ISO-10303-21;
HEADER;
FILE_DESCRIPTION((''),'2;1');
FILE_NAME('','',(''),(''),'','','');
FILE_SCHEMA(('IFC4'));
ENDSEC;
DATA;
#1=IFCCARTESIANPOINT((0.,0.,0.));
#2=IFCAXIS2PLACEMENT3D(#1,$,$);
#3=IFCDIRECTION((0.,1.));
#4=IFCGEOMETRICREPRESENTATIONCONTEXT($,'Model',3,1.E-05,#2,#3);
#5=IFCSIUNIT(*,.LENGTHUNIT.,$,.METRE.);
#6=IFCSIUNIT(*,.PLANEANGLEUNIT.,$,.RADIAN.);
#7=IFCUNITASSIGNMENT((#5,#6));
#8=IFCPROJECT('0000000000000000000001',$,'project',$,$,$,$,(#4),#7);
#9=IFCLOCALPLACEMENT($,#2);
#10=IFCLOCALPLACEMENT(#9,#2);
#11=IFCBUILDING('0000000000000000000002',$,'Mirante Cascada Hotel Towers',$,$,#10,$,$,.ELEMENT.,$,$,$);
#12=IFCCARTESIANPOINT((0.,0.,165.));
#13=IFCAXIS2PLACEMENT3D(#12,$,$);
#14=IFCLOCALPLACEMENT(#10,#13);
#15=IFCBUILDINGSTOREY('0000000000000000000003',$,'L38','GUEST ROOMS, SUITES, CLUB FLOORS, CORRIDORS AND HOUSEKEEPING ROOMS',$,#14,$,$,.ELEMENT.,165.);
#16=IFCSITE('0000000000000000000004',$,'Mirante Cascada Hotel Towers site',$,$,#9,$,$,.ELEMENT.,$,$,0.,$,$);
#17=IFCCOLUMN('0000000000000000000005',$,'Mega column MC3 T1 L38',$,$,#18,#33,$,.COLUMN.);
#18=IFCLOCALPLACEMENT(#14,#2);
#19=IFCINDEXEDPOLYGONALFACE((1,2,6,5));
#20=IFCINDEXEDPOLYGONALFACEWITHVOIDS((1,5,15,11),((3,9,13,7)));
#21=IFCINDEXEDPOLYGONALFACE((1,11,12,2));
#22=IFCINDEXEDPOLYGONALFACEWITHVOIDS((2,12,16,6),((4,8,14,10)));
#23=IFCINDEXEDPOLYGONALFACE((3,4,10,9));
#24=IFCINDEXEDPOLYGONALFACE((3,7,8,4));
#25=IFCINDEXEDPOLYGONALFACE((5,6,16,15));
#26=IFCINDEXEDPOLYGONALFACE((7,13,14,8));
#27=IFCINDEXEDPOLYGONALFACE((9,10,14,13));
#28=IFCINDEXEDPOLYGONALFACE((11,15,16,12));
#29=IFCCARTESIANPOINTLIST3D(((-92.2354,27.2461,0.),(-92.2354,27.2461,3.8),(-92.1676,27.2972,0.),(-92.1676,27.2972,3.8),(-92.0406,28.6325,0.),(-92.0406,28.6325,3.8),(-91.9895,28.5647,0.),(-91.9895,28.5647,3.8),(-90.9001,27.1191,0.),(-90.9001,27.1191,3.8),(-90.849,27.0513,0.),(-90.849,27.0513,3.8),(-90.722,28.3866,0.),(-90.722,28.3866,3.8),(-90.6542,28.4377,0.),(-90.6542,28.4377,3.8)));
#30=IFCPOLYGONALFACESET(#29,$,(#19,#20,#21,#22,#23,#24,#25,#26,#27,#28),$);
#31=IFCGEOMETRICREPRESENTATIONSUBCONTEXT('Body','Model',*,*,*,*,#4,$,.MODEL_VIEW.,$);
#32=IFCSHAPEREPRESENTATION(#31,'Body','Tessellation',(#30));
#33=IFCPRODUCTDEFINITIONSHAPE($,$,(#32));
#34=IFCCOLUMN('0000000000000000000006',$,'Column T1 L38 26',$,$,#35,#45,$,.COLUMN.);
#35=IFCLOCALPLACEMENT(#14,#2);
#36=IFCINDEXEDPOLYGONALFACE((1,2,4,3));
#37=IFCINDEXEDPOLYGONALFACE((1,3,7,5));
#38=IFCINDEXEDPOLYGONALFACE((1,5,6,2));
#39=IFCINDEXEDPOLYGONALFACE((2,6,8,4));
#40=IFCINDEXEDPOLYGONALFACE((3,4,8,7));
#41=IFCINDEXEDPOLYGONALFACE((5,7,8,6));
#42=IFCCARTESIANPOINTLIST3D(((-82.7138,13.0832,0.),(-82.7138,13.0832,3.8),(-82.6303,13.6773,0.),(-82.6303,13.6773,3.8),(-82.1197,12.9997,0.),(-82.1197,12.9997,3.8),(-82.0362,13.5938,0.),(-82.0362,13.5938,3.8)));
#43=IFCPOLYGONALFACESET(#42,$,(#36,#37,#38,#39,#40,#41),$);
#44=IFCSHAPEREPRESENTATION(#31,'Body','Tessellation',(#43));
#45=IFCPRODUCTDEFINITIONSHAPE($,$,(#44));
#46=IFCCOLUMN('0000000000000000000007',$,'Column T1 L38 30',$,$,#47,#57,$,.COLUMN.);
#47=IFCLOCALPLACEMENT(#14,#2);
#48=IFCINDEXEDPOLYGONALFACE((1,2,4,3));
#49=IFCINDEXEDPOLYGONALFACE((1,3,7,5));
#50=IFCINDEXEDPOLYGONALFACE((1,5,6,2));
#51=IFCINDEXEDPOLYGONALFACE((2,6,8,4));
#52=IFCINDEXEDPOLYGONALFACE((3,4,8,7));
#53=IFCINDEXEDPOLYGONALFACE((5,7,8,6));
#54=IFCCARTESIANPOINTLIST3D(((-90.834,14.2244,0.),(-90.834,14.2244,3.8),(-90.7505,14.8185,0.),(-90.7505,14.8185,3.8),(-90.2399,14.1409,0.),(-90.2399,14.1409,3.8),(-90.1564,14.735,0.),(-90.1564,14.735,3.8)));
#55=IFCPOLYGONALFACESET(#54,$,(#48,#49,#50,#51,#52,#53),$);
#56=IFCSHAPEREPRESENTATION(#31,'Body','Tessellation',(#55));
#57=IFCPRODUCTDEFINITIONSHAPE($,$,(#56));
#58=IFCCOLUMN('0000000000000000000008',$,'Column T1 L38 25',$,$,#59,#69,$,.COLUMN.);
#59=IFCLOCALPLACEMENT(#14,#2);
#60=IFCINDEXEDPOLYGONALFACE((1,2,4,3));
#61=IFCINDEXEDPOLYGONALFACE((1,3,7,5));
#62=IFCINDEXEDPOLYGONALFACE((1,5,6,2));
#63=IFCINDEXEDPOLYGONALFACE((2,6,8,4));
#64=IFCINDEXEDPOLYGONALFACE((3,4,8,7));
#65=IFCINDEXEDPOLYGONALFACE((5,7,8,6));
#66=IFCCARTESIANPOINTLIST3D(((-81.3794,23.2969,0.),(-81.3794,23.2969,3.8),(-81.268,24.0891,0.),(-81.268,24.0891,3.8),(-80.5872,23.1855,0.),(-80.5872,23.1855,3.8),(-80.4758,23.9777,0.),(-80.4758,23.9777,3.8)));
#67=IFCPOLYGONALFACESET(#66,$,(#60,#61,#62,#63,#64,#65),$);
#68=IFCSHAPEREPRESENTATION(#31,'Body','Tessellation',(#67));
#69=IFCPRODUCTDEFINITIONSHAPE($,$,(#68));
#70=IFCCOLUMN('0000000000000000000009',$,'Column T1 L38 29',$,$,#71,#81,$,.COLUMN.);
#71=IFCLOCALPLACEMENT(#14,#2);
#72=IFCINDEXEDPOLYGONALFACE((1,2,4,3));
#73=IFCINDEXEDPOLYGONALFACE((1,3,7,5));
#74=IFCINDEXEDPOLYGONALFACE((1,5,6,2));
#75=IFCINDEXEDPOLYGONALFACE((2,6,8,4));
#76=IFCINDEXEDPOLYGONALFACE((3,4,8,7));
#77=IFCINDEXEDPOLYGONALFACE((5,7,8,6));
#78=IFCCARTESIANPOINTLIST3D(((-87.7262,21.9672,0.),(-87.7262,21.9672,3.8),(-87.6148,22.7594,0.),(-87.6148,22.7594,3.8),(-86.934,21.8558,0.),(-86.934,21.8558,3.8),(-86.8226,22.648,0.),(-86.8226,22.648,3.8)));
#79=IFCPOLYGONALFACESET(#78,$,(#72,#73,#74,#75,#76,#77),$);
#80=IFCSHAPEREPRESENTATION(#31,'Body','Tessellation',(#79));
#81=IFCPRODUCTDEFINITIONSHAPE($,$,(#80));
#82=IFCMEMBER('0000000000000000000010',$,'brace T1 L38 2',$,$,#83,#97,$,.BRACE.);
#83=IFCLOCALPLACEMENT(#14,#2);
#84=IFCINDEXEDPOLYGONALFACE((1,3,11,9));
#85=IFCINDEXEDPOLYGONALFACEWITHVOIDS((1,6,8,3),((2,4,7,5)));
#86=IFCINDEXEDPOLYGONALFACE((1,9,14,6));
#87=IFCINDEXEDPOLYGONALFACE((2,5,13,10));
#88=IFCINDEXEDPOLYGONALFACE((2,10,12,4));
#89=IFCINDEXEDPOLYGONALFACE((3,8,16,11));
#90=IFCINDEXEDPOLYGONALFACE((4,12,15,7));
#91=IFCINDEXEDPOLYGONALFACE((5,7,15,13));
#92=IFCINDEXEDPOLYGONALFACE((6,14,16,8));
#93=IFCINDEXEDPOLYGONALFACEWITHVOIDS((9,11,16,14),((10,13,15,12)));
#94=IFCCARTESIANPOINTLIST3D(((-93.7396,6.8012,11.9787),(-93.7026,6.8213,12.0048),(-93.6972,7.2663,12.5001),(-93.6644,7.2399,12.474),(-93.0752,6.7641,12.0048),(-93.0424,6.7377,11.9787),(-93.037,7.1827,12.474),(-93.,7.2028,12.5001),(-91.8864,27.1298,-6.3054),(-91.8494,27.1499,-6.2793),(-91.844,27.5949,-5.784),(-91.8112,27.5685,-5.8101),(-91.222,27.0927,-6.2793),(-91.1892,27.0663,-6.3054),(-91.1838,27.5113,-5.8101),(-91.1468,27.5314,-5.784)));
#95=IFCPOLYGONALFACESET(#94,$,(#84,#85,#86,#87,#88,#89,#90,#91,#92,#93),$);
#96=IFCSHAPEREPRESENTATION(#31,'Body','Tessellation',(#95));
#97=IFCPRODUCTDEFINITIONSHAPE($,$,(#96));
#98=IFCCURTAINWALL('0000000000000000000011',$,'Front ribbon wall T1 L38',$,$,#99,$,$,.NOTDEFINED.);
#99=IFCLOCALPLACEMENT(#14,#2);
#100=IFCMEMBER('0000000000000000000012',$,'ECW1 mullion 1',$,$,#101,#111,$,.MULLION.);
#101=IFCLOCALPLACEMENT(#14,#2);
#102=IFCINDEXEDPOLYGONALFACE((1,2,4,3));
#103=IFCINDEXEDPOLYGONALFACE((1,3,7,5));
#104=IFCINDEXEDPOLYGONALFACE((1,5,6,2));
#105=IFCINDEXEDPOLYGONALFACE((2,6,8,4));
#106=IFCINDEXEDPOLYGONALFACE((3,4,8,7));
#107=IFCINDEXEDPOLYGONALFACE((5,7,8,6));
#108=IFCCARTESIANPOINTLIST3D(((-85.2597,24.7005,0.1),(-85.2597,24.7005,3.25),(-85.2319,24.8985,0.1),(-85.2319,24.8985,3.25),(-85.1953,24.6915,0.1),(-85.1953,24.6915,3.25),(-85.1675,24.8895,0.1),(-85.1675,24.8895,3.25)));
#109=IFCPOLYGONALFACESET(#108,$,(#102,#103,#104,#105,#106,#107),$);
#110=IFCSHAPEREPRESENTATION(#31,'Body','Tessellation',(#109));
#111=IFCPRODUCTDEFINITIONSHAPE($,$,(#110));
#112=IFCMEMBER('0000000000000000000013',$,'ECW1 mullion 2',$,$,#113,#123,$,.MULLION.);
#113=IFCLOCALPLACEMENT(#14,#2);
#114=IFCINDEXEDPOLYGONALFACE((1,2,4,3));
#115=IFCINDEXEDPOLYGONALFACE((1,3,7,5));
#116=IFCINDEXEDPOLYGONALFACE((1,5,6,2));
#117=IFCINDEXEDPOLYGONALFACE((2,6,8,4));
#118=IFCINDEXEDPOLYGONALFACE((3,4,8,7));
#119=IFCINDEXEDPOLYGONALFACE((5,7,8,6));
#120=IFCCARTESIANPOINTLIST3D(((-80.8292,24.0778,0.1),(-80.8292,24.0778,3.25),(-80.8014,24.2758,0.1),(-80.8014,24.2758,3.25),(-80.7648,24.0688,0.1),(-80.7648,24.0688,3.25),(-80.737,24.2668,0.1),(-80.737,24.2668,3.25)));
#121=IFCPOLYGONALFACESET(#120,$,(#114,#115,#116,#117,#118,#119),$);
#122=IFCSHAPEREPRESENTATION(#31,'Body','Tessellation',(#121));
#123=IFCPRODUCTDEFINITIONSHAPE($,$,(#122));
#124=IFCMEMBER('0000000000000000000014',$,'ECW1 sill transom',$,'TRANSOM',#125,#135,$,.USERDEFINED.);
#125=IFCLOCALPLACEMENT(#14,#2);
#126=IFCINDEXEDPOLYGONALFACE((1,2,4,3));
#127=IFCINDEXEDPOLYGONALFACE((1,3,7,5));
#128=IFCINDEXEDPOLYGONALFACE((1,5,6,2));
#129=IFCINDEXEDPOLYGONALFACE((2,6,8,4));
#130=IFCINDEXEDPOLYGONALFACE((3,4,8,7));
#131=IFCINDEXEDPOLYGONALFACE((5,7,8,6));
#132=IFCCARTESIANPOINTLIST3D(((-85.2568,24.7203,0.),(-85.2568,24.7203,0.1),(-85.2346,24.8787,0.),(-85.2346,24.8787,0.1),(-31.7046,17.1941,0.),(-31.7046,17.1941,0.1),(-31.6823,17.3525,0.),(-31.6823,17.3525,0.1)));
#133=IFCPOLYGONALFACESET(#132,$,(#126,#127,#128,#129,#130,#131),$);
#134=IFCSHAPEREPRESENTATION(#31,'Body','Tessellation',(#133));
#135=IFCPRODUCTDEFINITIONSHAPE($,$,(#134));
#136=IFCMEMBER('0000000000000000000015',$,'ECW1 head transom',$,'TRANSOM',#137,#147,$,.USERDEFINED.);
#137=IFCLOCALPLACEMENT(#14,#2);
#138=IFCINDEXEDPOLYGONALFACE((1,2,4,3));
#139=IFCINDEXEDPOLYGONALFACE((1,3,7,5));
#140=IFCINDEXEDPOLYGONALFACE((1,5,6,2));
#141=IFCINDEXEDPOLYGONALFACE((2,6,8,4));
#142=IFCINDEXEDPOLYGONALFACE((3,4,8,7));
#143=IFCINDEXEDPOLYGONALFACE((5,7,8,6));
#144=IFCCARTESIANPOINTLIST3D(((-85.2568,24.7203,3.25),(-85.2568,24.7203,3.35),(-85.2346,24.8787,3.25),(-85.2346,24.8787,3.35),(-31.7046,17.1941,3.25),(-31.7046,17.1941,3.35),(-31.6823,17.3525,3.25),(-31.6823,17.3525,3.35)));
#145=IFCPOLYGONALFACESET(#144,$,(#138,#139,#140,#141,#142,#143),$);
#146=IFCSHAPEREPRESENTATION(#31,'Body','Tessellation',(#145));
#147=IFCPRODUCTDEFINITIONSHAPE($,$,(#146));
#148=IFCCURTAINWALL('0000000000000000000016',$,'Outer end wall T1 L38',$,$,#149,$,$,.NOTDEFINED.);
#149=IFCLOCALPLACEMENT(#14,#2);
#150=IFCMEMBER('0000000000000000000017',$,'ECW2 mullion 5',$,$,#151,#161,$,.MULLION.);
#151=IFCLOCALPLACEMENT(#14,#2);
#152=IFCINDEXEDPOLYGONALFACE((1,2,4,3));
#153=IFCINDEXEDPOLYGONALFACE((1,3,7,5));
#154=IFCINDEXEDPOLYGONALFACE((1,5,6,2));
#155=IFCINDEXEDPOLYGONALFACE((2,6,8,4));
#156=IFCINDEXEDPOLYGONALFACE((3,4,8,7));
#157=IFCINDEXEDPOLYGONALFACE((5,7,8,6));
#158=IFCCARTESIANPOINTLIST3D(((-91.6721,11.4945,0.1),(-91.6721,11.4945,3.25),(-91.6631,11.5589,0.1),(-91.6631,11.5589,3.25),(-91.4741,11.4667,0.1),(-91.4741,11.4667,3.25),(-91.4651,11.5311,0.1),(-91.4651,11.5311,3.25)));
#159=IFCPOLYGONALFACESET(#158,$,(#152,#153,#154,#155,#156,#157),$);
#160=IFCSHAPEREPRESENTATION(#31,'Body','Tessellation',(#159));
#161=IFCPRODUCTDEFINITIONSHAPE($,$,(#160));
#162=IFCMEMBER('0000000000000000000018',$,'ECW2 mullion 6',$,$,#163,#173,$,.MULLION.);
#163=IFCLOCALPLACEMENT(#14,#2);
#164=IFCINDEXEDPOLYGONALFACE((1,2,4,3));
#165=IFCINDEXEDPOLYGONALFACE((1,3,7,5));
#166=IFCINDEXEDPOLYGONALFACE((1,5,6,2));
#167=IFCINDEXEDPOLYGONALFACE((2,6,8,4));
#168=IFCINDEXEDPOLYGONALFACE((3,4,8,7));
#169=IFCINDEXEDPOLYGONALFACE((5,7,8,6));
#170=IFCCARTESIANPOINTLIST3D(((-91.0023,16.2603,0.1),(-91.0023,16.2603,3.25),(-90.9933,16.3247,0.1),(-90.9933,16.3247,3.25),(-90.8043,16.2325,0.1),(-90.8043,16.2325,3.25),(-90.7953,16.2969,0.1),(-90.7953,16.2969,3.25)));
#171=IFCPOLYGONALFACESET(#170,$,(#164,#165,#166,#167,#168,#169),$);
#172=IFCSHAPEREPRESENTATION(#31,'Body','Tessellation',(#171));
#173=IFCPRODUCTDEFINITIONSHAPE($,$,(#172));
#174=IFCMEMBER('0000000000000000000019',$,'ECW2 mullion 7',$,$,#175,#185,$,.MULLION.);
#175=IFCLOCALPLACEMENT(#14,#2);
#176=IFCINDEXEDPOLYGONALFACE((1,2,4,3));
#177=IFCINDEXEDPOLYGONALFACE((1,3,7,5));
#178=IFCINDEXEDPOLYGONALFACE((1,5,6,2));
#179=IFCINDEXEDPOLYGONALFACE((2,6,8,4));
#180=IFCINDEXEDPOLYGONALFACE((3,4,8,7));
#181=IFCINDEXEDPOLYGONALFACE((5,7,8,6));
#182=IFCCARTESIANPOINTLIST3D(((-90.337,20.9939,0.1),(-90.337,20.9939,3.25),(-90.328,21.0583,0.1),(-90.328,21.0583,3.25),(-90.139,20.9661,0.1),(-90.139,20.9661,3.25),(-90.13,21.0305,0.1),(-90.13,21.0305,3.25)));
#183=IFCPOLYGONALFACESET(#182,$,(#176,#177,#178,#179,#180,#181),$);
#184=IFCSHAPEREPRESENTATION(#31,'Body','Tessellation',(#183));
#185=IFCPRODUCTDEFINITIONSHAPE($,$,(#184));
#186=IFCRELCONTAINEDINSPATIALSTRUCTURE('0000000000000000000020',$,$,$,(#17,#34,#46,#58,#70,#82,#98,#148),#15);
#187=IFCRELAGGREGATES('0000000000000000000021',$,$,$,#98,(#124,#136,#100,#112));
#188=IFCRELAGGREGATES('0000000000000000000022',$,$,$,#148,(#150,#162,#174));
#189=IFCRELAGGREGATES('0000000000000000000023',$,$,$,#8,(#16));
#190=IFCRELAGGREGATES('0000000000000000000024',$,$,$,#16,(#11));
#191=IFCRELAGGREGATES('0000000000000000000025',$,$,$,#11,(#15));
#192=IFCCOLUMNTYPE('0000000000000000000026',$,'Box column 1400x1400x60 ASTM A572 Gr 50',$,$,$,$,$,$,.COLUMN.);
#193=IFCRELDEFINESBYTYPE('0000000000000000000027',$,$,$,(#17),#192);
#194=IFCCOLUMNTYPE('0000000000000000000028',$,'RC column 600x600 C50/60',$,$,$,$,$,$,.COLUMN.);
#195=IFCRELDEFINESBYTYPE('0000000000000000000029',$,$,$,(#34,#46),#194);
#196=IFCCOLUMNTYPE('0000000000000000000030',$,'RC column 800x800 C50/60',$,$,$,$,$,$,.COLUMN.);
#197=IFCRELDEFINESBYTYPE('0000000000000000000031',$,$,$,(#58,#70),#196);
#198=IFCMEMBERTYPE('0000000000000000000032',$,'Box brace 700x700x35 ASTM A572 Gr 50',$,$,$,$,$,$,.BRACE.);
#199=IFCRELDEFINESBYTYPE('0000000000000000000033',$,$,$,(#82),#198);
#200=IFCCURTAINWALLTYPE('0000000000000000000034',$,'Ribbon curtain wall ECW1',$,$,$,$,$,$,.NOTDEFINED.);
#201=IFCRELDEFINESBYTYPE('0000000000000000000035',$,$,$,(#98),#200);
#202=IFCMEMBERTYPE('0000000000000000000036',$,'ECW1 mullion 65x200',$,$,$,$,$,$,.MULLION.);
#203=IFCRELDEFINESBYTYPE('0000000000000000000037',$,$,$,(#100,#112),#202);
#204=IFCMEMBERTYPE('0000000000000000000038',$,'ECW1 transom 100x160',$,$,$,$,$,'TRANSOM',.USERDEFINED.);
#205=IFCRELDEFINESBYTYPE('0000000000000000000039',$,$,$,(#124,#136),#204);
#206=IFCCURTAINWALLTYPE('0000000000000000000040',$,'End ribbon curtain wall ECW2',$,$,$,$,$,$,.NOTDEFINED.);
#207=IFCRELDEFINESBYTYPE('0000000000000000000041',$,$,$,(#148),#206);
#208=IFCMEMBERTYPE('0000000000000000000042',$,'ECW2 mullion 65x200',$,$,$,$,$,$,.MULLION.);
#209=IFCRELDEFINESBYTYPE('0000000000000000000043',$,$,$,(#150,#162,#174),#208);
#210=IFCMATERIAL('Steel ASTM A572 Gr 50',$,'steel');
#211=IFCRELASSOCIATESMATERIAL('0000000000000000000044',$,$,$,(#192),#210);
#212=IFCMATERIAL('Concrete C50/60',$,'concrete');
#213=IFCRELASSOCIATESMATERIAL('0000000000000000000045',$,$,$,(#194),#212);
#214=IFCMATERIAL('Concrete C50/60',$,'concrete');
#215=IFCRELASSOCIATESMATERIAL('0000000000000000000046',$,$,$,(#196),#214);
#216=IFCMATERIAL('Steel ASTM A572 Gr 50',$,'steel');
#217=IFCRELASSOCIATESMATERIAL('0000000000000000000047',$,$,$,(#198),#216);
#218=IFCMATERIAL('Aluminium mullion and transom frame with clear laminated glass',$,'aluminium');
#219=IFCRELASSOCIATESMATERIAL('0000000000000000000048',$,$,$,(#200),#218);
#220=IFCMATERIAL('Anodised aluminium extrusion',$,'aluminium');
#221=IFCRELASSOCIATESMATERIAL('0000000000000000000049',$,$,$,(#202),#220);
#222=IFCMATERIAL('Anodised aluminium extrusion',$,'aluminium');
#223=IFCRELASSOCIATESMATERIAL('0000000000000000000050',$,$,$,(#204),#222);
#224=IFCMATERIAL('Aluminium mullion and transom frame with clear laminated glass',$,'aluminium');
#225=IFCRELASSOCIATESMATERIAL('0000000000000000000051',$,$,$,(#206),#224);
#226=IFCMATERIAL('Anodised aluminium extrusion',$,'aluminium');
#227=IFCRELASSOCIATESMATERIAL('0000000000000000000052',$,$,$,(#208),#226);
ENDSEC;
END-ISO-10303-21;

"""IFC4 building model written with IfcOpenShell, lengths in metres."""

from ifc_helpers import new_model, si_unit, direction, frame, origin, origin_2d, place, context, subcontext, project, spatial, rectangle, hollow_rectangle, extrude, material, material_profile, profile_set, type_object, element, aggregate, save


model = new_model("IFC4")

# Units and contexts
model_context = context("Model", 3, precision=1e-05, world=origin(), true_north=direction((0.0, 1.0)))
body_context = subcontext(model_context, "Body", "Model", "MODEL_VIEW")
ifc_project = project(units=[si_unit("LENGTHUNIT", "METRE"), si_unit("PLANEANGLEUNIT", "RADIAN")], contexts=[model_context])

# Site, building, storey
site_placement = place(None, origin())
site = spatial("IfcSite", under=ifc_project, at=site_placement, Name="Mirante Cascada Hotel Towers site", CompositionType="ELEMENT", RefElevation=0.0)
building_placement = place(site_placement, origin())
building = spatial("IfcBuilding", under=site, at=building_placement, Name="Mirante Cascada Hotel Towers", CompositionType="ELEMENT")
storey_placement = place(building_placement, frame((0.0, 0.0, 165.0)))
storey = spatial("IfcBuildingStorey", under=building, at=storey_placement, Name="L38", Description="GUEST ROOMS, SUITES, CLUB FLOORS, CORRIDORS AND HOUSEKEEPING ROOMS", CompositionType="ELEMENT", Elevation=165.0)

# Columns
ifc_material_1 = material(Name="Steel ASTM A572 Gr 50", Category="steel")
ifc_material_profile_1 = material_profile(ifc_material_1, hollow_rectangle(XDim=1.4, YDim=1.4, WallThickness=0.06, at=origin_2d()), Name="Box column 1400x1400x60 ASTM A572 Gr 50")
ifc_profile_set_1 = profile_set([ifc_material_profile_1], Name="Steel ASTM A572 Gr 50")
column_type_1 = type_object("IfcColumnType", Name="Box column 1400x1400x60 ASTM A572 Gr 50", PredefinedType="COLUMN", material=ifc_profile_set_1)
column_placement = place(storey_placement, frame((-91.4448, 27.8419, 0.0), z_axis=(0.0, 0.0, 1.0), x_axis=(-0.990268, 0.139173, 0.0)))
element("IfcColumn", 1, at=column_placement, inside=storey, type_object=column_type_1, Name="Mega column MC3 T1 L38", PredefinedType="COLUMN", context=body_context, shape_type="SweptSolid", body=[
    extrude(hollow_rectangle(XDim=1.4, YDim=1.4, WallThickness=0.06, at=origin_2d()), origin(), (0.0, 0.0, 1.0), 3.8),
])
ifc_material_2 = material(Name="Concrete C50/60", Category="concrete")
ifc_material_profile_2 = material_profile(ifc_material_2, rectangle(XDim=0.6, YDim=0.6, at=origin_2d()), Name="RC column 600x600 C50/60")
ifc_profile_set_2 = profile_set([ifc_material_profile_2], Name="Concrete C50/60")
column_type_2 = type_object("IfcColumnType", Name="RC column 600x600 C50/60", PredefinedType="COLUMN", material=ifc_profile_set_2)
for number, where, z_axis, x_axis, name in (
    (2, (-82.375, 13.3385, 0.0), (0.0, 0.0, 1.0), (-0.990268, 0.139173, 0.0), "Column T1 L38 26"),
    (3, (-90.4952, 14.4797, 0.0), (0.0, 0.0, 1.0), (-0.990268, 0.139173, 0.0), "Column T1 L38 30"),
):
    element("IfcColumn", number, at=place(storey_placement, frame(where, z_axis=z_axis, x_axis=x_axis)), inside=storey, type_object=column_type_2, Name=name, PredefinedType="COLUMN", context=body_context, shape_type="SweptSolid", body=[
        extrude(rectangle(XDim=0.6, YDim=0.6, at=origin_2d()), origin(), (0.0, 0.0, 1.0), 3.8),
    ])
ifc_material_3 = material(Name="Concrete C50/60", Category="concrete")
ifc_material_profile_3 = material_profile(ifc_material_3, rectangle(XDim=0.8, YDim=0.8, at=origin_2d()), Name="RC column 800x800 C50/60")
ifc_profile_set_3 = profile_set([ifc_material_profile_3], Name="Concrete C50/60")
column_type_3 = type_object("IfcColumnType", Name="RC column 800x800 C50/60", PredefinedType="COLUMN", material=ifc_profile_set_3)
for number, where, z_axis, x_axis, name in (
    (4, (-80.9276, 23.6373, 0.0), (0.0, 0.0, 1.0), (-0.990268, 0.139173, 0.0), "Column T1 L38 25"),
    (5, (-87.2744, 22.3076, 0.0), (0.0, 0.0, 1.0), (-0.990268, 0.139173, 0.0), "Column T1 L38 29"),
):
    element("IfcColumn", number, at=place(storey_placement, frame(where, z_axis=z_axis, x_axis=x_axis)), inside=storey, type_object=column_type_3, Name=name, PredefinedType="COLUMN", context=body_context, shape_type="SweptSolid", body=[
        extrude(rectangle(XDim=0.8, YDim=0.8, at=origin_2d()), origin(), (0.0, 0.0, 1.0), 3.8),
    ])

# Member
ifc_material_4 = material(Name="Steel ASTM A572 Gr 50", Category="steel")
ifc_material_profile_4 = material_profile(ifc_material_4, hollow_rectangle(XDim=0.7, YDim=0.7, WallThickness=0.035, at=origin_2d()), Name="Box brace 700x700x35 ASTM A572 Gr 50")
ifc_profile_set_4 = profile_set([ifc_material_profile_4], Name="Steel ASTM A572 Gr 50")
member_type_1 = type_object("IfcMemberType", Name="Box brace 700x700x35 ASTM A572 Gr 50", PredefinedType="BRACE", material=ifc_profile_set_4)
member_1_placement = place(storey_placement, frame((-91.5166, 27.3306, -6.0447), z_axis=(-0.067625, -0.741804, 0.667199), x_axis=(0.99587, -0.090786, 0.0)))
element("IfcMember", 6, at=member_1_placement, inside=storey, type_object=member_type_1, Name="brace T1 L38 2", PredefinedType="BRACE", context=body_context, shape_type="SweptSolid", body=[
    extrude(hollow_rectangle(XDim=0.7, YDim=0.7, WallThickness=0.035, at=origin_2d()), origin(), (0.0, 0.0, 1.0), 27.4043),
])

# Curtain walls, members
ifc_material_5 = material(Name="Aluminium mullion and transom frame with clear laminated glass", Category="aluminium")
curtain_wall_type_1 = type_object("IfcCurtainWallType", Name="Ribbon curtain wall ECW1", PredefinedType="NOTDEFINED", material=ifc_material_5)
curtain_wall_1_placement = place(storey_placement, origin())
curtain_wall_1 = element("IfcCurtainWall", 7, at=curtain_wall_1_placement, inside=storey, type_object=curtain_wall_type_1, Name="Front ribbon wall T1 L38", PredefinedType="NOTDEFINED")
ifc_material_6 = material(Name="Anodised aluminium extrusion", Category="aluminium")
ifc_material_profile_5 = material_profile(ifc_material_6, rectangle(XDim=0.2, YDim=0.065, at=origin_2d()), Name="ECW1 MULLION 65x200")
ifc_profile_set_5 = profile_set([ifc_material_profile_5], Name="Anodised aluminium extrusion")
member_type_2 = type_object("IfcMemberType", Name="ECW1 mullion 65x200", PredefinedType="MULLION", material=ifc_profile_set_5)
member_2_placement = place(storey_placement, frame((-85.2136, 24.795, 0.1), z_axis=(0.0, 0.0, 1.0), x_axis=(0.139173, 0.990268, 0.0)))
member_2 = element("IfcMember", 8, at=member_2_placement, type_object=member_type_2, Name="ECW1 mullion 1", PredefinedType="MULLION", context=body_context, shape_type="SweptSolid", body=[
    extrude(rectangle(XDim=0.2, YDim=0.065, at=origin_2d()), origin(), (0.0, 0.0, 1.0), 3.15),
])
member_3_placement = place(storey_placement, frame((-80.7831, 24.1723, 0.1), z_axis=(0.0, 0.0, 1.0), x_axis=(0.139173, 0.990268, 0.0)))
member_3 = element("IfcMember", 9, at=member_3_placement, type_object=member_type_2, Name="ECW1 mullion 2", PredefinedType="MULLION", context=body_context, shape_type="SweptSolid", body=[
    extrude(rectangle(XDim=0.2, YDim=0.065, at=origin_2d()), origin(), (0.0, 0.0, 1.0), 3.15),
])
ifc_material_7 = material(Name="Anodised aluminium extrusion", Category="aluminium")
ifc_material_profile_6 = material_profile(ifc_material_7, rectangle(XDim=0.16, YDim=0.1, at=origin_2d()), Name="ECW1 TRANSOM 100x160")
ifc_profile_set_6 = profile_set([ifc_material_profile_6], Name="Anodised aluminium extrusion")
member_type_3 = type_object("IfcMemberType", Name="ECW1 transom 100x160", ElementType="TRANSOM", PredefinedType="USERDEFINED", material=ifc_profile_set_6)
member_4_placement = place(storey_placement, frame((-85.2457, 24.7995, 0.05), z_axis=(0.990268, -0.139172, 0.0), x_axis=(0.139172, 0.990268, 0.0)))
member_4 = element("IfcMember", 10, at=member_4_placement, type_object=member_type_3, Name="ECW1 sill transom", ObjectType="TRANSOM", PredefinedType="USERDEFINED", context=body_context, shape_type="SweptSolid", body=[
    extrude(rectangle(XDim=0.16, YDim=0.1, at=origin_2d()), origin(), (0.0, 0.0, 1.0), 54.0785),
])
member_5_placement = place(storey_placement, frame((-85.2457, 24.7995, 3.3), z_axis=(0.990268, -0.139172, 0.0), x_axis=(0.139172, 0.990268, 0.0)))
member_5 = element("IfcMember", 11, at=member_5_placement, type_object=member_type_3, Name="ECW1 head transom", ObjectType="TRANSOM", PredefinedType="USERDEFINED", context=body_context, shape_type="SweptSolid", body=[
    extrude(rectangle(XDim=0.16, YDim=0.1, at=origin_2d()), origin(), (0.0, 0.0, 1.0), 54.0785),
])
ifc_material_8 = material(Name="Aluminium mullion and transom frame with clear laminated glass", Category="aluminium")
curtain_wall_type_2 = type_object("IfcCurtainWallType", Name="End ribbon curtain wall ECW2", PredefinedType="NOTDEFINED", material=ifc_material_8)
curtain_wall_2_placement = place(storey_placement, origin())
curtain_wall_2 = element("IfcCurtainWall", 12, at=curtain_wall_2_placement, inside=storey, type_object=curtain_wall_type_2, Name="Outer end wall T1 L38", PredefinedType="NOTDEFINED")
ifc_material_9 = material(Name="Anodised aluminium extrusion", Category="aluminium")
ifc_material_profile_7 = material_profile(ifc_material_9, rectangle(XDim=0.2, YDim=0.065, at=origin_2d()), Name="ECW2 MULLION 65x200")
ifc_profile_set_7 = profile_set([ifc_material_profile_7], Name="Anodised aluminium extrusion")
member_type_4 = type_object("IfcMemberType", Name="ECW2 mullion 65x200", PredefinedType="MULLION", material=ifc_profile_set_7)
member_6_placement = place(storey_placement, frame((-91.5686, 11.5128, 0.1), z_axis=(0.0, 0.0, 1.0), x_axis=(-0.990268, 0.139173, 0.0)))
member_6 = element("IfcMember", 13, at=member_6_placement, type_object=member_type_4, Name="ECW2 mullion 5", PredefinedType="MULLION", context=body_context, shape_type="SweptSolid", body=[
    extrude(rectangle(XDim=0.2, YDim=0.065, at=origin_2d()), origin(), (0.0, 0.0, 1.0), 3.15),
])
member_7_placement = place(storey_placement, frame((-90.8988, 16.2786, 0.1), z_axis=(0.0, 0.0, 1.0), x_axis=(-0.990268, 0.139173, 0.0)))
member_7 = element("IfcMember", 14, at=member_7_placement, type_object=member_type_4, Name="ECW2 mullion 6", PredefinedType="MULLION", context=body_context, shape_type="SweptSolid", body=[
    extrude(rectangle(XDim=0.2, YDim=0.065, at=origin_2d()), origin(), (0.0, 0.0, 1.0), 3.15),
])
member_8_placement = place(storey_placement, frame((-90.2335, 21.0122, 0.1), z_axis=(0.0, 0.0, 1.0), x_axis=(-0.990268, 0.139173, 0.0)))
member_8 = element("IfcMember", 15, at=member_8_placement, type_object=member_type_4, Name="ECW2 mullion 7", PredefinedType="MULLION", context=body_context, shape_type="SweptSolid", body=[
    extrude(rectangle(XDim=0.2, YDim=0.065, at=origin_2d()), origin(), (0.0, 0.0, 1.0), 3.15),
])

aggregate(curtain_wall_1, [member_4, member_5, member_2, member_3])
aggregate(curtain_wall_2, [member_6, member_7, member_8])

save(model, "model.ifc")
